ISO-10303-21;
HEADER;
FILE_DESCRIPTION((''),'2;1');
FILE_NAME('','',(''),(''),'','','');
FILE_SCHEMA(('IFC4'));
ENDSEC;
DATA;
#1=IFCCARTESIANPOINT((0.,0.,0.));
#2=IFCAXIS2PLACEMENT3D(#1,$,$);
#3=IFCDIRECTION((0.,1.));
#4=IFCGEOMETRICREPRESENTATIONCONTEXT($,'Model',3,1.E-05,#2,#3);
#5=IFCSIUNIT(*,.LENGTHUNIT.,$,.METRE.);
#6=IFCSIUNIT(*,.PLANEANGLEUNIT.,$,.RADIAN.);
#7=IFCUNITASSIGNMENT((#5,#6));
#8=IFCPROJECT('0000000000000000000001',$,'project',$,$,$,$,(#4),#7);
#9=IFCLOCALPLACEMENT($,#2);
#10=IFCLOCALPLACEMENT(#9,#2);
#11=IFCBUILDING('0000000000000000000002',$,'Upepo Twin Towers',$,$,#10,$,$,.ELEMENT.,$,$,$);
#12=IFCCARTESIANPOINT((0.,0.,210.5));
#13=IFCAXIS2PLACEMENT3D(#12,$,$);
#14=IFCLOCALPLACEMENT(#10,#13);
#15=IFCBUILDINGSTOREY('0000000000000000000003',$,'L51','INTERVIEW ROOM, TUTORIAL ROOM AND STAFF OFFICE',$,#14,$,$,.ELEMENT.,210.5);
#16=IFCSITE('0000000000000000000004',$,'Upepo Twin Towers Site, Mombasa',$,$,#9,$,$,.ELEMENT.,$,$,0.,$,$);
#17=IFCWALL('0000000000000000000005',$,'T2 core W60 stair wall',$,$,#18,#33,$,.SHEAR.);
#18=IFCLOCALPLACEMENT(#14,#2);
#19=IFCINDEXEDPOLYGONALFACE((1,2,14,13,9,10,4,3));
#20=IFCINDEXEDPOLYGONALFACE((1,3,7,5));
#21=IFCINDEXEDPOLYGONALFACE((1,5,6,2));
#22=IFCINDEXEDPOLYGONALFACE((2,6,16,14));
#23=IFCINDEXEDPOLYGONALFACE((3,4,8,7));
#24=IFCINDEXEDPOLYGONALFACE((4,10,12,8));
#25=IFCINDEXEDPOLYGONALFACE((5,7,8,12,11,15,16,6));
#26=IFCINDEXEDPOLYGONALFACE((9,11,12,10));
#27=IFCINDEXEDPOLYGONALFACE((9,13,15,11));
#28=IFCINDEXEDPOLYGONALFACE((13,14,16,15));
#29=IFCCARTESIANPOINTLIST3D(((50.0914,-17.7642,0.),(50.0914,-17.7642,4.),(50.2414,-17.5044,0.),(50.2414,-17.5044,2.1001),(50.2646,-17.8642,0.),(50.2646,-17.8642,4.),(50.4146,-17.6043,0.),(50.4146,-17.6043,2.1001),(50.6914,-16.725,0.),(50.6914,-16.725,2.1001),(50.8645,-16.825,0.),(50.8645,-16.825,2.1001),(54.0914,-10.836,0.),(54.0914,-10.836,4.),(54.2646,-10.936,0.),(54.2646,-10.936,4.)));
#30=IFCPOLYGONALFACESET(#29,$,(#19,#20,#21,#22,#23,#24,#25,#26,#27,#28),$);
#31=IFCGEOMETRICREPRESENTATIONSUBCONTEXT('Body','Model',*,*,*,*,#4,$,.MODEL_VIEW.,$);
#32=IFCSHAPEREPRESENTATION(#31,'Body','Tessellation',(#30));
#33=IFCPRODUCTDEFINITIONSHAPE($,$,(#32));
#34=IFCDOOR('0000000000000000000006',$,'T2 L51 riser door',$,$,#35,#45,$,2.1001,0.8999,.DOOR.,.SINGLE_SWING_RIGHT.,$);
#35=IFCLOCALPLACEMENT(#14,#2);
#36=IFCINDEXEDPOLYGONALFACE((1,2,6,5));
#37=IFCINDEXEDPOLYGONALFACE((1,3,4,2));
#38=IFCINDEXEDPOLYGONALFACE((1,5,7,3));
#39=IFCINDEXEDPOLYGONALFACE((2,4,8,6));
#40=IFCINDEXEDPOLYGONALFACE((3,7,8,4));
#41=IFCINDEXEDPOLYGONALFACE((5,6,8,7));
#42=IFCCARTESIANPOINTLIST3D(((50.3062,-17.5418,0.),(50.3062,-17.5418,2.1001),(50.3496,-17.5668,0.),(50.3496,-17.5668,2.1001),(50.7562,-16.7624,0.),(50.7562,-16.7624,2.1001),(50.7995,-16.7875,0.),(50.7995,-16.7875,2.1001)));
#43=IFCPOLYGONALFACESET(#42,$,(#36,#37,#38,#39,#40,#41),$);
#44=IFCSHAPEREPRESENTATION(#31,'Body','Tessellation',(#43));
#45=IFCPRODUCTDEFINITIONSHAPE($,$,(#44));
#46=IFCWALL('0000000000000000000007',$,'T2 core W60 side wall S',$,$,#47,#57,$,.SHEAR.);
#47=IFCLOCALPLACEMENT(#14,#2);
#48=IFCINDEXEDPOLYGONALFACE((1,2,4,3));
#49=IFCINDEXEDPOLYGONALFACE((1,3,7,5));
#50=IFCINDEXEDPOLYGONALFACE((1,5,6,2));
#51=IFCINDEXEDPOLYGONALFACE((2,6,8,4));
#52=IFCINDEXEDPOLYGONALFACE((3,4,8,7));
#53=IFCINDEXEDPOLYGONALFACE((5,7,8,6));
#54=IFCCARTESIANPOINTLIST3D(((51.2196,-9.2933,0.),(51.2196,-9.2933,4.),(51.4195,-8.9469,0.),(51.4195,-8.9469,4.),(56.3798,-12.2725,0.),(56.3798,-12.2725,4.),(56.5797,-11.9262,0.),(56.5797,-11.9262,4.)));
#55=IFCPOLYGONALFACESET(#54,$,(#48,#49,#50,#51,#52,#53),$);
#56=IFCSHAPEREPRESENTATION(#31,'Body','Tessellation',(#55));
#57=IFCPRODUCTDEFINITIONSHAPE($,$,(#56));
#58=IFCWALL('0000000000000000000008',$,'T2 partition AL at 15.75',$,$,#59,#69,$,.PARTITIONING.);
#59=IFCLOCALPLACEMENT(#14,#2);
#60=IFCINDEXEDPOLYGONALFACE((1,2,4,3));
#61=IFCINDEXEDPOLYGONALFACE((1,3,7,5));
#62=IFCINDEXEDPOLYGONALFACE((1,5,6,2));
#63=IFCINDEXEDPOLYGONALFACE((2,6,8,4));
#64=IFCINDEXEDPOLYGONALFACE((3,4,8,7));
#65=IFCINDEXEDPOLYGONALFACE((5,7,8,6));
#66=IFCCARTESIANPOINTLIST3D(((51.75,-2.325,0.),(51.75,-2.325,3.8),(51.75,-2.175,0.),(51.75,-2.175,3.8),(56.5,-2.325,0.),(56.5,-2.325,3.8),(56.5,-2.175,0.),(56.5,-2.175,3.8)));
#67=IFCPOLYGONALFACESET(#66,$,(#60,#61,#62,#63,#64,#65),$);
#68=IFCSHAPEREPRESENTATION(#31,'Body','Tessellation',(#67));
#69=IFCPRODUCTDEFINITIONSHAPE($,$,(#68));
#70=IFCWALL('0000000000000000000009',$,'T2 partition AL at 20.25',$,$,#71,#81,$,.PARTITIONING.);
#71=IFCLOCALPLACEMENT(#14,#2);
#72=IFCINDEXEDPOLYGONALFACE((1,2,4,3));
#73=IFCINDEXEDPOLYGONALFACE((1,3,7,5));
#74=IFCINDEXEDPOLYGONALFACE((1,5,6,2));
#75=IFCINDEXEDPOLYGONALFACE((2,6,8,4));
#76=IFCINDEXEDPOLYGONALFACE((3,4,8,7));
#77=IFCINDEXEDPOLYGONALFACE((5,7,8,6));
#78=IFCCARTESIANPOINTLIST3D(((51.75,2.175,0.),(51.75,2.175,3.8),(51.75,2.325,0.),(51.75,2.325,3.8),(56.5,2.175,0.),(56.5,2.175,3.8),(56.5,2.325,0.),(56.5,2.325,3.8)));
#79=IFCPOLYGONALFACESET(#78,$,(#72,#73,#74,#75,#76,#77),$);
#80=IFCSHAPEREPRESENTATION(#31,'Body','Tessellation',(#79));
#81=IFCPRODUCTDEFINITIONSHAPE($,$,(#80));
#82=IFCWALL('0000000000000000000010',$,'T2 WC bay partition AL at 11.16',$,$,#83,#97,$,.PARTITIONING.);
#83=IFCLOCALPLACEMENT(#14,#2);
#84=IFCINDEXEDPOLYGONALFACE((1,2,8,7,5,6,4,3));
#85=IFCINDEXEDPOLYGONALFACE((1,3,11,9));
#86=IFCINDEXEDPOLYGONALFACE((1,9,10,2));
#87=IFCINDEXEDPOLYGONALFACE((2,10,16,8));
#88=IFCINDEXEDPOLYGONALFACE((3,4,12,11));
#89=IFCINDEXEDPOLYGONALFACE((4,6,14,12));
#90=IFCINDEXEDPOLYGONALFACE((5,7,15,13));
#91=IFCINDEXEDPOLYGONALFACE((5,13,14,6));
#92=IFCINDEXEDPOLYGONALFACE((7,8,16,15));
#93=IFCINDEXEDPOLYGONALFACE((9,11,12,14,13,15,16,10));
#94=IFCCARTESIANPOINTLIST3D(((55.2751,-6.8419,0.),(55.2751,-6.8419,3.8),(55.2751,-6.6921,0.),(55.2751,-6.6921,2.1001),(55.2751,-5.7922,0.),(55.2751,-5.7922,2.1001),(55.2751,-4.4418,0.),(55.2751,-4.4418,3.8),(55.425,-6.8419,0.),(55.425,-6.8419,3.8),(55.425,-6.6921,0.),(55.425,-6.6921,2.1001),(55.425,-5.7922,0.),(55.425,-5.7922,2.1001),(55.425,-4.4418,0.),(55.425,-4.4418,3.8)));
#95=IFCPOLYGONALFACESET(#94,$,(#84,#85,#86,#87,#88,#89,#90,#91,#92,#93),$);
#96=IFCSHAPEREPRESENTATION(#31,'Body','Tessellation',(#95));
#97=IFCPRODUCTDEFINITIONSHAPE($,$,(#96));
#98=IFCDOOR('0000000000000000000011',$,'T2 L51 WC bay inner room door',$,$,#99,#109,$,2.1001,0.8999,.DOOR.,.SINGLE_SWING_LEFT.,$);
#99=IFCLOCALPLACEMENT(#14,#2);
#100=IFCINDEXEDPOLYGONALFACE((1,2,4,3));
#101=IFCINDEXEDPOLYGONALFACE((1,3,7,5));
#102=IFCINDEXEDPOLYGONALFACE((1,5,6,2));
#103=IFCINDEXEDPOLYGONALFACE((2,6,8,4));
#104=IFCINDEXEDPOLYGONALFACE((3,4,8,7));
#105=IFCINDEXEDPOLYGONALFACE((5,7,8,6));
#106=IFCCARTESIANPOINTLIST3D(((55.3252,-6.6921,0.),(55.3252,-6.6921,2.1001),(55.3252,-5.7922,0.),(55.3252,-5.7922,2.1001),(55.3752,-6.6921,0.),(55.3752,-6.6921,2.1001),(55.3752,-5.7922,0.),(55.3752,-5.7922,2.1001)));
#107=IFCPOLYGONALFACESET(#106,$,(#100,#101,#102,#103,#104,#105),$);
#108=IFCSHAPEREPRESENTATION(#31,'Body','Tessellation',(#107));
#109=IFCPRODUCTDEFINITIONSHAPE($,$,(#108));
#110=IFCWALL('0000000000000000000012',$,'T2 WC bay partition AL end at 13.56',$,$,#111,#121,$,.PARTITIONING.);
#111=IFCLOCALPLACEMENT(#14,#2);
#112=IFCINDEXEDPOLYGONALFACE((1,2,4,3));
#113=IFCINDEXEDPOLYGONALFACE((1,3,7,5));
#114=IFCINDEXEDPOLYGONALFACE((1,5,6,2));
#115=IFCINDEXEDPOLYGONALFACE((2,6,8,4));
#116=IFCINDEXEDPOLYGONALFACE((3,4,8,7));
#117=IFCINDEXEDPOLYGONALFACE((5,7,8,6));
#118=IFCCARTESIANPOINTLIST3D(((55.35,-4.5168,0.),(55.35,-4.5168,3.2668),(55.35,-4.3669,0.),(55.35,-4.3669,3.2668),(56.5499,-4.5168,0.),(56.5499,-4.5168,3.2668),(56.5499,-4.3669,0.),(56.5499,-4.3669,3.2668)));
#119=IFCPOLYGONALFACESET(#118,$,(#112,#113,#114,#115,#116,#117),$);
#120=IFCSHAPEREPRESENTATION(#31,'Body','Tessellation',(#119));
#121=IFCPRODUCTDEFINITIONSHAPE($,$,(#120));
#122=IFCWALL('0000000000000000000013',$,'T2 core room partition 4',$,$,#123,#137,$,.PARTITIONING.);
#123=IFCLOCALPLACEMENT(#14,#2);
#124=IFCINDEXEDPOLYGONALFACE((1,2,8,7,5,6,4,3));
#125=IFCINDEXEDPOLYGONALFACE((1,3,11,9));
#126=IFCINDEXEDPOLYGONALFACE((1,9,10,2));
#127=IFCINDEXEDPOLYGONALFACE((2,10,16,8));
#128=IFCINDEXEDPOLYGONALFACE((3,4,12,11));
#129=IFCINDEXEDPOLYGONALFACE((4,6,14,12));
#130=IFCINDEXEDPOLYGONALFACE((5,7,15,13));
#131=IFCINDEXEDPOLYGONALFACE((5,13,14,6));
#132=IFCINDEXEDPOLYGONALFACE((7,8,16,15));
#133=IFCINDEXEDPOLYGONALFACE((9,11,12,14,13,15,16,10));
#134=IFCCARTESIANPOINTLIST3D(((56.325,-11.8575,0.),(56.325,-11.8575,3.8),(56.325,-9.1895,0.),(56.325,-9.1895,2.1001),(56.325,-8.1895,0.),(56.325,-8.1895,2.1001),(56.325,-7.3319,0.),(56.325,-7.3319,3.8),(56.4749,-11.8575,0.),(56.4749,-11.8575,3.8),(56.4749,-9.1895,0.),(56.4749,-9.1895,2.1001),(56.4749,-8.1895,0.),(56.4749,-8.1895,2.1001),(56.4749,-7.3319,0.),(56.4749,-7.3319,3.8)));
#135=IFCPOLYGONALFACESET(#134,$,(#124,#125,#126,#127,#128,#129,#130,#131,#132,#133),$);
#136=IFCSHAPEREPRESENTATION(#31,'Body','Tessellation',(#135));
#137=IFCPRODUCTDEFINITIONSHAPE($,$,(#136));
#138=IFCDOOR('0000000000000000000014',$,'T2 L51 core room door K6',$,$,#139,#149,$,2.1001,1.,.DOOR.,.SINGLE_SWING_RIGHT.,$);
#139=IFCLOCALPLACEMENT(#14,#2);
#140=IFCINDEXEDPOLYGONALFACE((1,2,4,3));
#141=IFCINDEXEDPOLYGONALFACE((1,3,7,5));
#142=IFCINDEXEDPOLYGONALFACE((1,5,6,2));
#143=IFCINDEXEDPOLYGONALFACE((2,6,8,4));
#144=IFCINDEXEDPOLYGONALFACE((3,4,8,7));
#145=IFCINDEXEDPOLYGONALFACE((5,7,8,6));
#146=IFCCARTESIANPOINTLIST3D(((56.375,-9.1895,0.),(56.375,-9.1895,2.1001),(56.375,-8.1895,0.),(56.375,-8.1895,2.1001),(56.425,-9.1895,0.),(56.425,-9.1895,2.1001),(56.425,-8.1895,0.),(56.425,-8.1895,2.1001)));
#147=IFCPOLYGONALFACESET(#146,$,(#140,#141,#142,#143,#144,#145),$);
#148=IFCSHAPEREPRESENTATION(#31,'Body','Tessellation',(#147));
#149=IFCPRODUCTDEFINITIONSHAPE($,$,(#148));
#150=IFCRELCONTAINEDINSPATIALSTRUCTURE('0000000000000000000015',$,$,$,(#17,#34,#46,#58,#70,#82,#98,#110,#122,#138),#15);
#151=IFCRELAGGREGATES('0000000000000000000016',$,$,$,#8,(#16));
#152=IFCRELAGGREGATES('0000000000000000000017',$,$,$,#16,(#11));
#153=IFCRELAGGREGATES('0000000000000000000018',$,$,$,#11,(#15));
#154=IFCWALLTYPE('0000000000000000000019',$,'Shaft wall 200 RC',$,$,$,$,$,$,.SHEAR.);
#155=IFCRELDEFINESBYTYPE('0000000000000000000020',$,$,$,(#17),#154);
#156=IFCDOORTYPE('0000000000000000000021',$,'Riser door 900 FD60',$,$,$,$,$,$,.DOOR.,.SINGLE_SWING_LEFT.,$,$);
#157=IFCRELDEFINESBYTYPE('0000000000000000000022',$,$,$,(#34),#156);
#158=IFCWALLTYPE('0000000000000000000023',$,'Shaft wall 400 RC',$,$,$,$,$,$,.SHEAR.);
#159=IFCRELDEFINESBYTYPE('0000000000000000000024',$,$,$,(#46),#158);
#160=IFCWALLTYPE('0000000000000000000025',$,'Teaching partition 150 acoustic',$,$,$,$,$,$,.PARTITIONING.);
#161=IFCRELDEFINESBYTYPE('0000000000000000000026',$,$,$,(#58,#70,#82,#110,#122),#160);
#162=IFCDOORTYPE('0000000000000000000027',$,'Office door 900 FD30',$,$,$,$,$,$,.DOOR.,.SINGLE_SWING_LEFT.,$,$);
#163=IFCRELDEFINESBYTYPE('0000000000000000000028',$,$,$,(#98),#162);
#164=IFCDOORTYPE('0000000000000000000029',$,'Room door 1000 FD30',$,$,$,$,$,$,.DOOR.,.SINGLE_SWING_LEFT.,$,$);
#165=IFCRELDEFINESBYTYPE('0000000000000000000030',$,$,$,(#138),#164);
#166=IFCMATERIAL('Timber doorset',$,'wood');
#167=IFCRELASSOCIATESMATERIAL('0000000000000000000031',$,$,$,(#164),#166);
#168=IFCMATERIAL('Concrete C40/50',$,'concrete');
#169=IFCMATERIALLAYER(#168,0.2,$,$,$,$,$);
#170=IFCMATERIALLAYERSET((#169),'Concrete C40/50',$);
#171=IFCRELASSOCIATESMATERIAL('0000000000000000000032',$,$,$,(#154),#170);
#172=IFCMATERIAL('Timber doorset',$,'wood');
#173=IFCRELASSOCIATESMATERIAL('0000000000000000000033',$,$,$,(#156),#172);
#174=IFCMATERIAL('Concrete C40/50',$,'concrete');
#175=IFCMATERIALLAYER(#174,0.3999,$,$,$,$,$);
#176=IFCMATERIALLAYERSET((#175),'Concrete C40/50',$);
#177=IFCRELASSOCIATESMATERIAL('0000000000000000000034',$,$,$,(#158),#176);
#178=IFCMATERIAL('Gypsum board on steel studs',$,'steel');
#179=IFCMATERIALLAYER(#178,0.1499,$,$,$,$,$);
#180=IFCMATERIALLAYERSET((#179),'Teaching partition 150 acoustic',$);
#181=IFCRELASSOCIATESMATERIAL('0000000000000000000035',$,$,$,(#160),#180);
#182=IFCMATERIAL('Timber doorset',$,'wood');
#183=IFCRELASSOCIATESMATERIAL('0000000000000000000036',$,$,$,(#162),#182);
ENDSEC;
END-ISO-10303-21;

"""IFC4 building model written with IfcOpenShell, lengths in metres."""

from ifc_helpers import new_model, si_unit, direction, frame, frame_2d, origin, place, context, subcontext, project, spatial, rectangle, extrude, material, layer, layer_set, type_object, element, fill, save


model = new_model("IFC4")

# Units and contexts
model_context = context("Model", 3, precision=1e-05, world=origin(), true_north=direction((0.0, 1.0)))
body_context = subcontext(model_context, "Body", "Model", "MODEL_VIEW")
ifc_project = project(units=[si_unit("LENGTHUNIT", "METRE"), si_unit("PLANEANGLEUNIT", "RADIAN")], contexts=[model_context])

# Site, building, storey
site_placement = place(None, origin())
site = spatial("IfcSite", under=ifc_project, at=site_placement, Name="Upepo Twin Towers Site, Mombasa", CompositionType="ELEMENT", RefElevation=0.0)
building_placement = place(site_placement, origin())
building = spatial("IfcBuilding", under=site, at=building_placement, Name="Upepo Twin Towers", CompositionType="ELEMENT")
storey_placement = place(building_placement, frame((0.0, 0.0, 210.5)))
storey = spatial("IfcBuildingStorey", under=building, at=storey_placement, Name="L51", Description="INTERVIEW ROOM, TUTORIAL ROOM AND STAFF OFFICE", CompositionType="ELEMENT", Elevation=210.5)

# Shared definitions
ifc_material_1 = material(Name="Timber doorset", Category="wood")
door_type_1 = type_object("IfcDoorType", Name="Room door 1000 FD30", OperationType="SINGLE_SWING_LEFT", PredefinedType="DOOR", material=ifc_material_1)

# Shared definitions
ifc_material_2 = material(Name="Concrete C40/50", Category="concrete")
ifc_layer_1 = layer(ifc_material_2, 0.2)
ifc_layer_set_1 = layer_set([ifc_layer_1], Name="Concrete C40/50")
wall_type_1 = type_object("IfcWallType", Name="Shaft wall 200 RC", PredefinedType="SHEAR", material=ifc_layer_set_1)

# Wall, opening, door
wall_1_placement = place(storey_placement, frame((54.178, -10.886, 0.0), z_axis=(0.0, 0.0, 1.0), x_axis=(-0.499999, -0.866026, 0.0)))
wall_1 = element("IfcWall", 1, at=wall_1_placement, inside=storey, type_object=wall_type_1, Name="T2 core W60 stair wall", PredefinedType="SHEAR", context=body_context, shape_type="SweptSolid", body=[
    extrude(rectangle(XDim=8.0, YDim=0.2, at=frame_2d((4.0, 0.0))), origin(), (0.0, 0.0, 1.0), 4.0),
])
opening_1_placement = place(wall_1_placement, frame((6.8, 0.0, 0.0)))
opening_1 = element("IfcOpeningElement", 2, at=opening_1_placement, cuts=wall_1, PredefinedType="OPENING", context=body_context, shape_type="SweptSolid", body=[
    extrude(rectangle(XDim=0.8999, YDim=2.1001, at=frame_2d((0.45, 1.05))), frame((0.0, 0.1099, 0.0), z_axis=(0.0, -1.0, 0.0), x_axis=(1.0, 0.0, 0.0)), (0.0, 0.0, 1.0), 0.22),
])
ifc_material_3 = material(Name="Timber doorset", Category="wood")
door_type_2 = type_object("IfcDoorType", Name="Riser door 900 FD60", OperationType="SINGLE_SWING_LEFT", PredefinedType="DOOR", material=ifc_material_3)
door_1_placement = place(opening_1_placement, origin())
door_1 = element("IfcDoor", 3, at=door_1_placement, inside=storey, type_object=door_type_2, Name="T2 L51 riser door", OperationType="SINGLE_SWING_RIGHT", OverallHeight=2.1001, OverallWidth=0.8999, PredefinedType="DOOR", context=body_context, shape_type="SweptSolid", body=[
    extrude(rectangle(XDim=0.8999, YDim=2.1001, at=frame_2d((0.45, 1.05))), frame((0.0, 0.0249, 0.0), z_axis=(0.0, -1.0, 0.0), x_axis=(1.0, 0.0, 0.0)), (0.0, 0.0, 1.0), 0.05),
])
fill(opening_1, door_1)

# Walls
ifc_material_4 = material(Name="Concrete C40/50", Category="concrete")
ifc_layer_2 = layer(ifc_material_4, 0.3999)
ifc_layer_set_2 = layer_set([ifc_layer_2], Name="Concrete C40/50")
wall_type_2 = type_object("IfcWallType", Name="Shaft wall 400 RC", PredefinedType="SHEAR", material=ifc_layer_set_2)
wall_2_placement = place(storey_placement, frame((56.4797, -12.0994, 0.0), z_axis=(0.0, 0.0, 1.0), x_axis=(-0.866023, 0.500004, 0.0)))
element("IfcWall", 4, at=wall_2_placement, inside=storey, type_object=wall_type_2, Name="T2 core W60 side wall S", PredefinedType="SHEAR", context=body_context, shape_type="SweptSolid", body=[
    extrude(rectangle(XDim=5.9585, YDim=0.3999, at=frame_2d((2.9792, 0.0))), origin(), (0.0, 0.0, 1.0), 4.0),
])
ifc_material_5 = material(Name="Gypsum board on steel studs", Category="steel")
ifc_layer_3 = layer(ifc_material_5, 0.1499)
ifc_layer_set_3 = layer_set([ifc_layer_3], Name="Teaching partition 150 acoustic")
wall_type_3 = type_object("IfcWallType", Name="Teaching partition 150 acoustic", PredefinedType="PARTITIONING", material=ifc_layer_set_3)
for number, where, z_axis, x_axis, name in (
    (5, (56.5, -2.25, 0.0), (0.0, 0.0, 1.0), (-1.0, 0.0, 0.0), "T2 partition AL at 15.75"),
    (6, (56.5, 2.25, 0.0), (0.0, 0.0, 1.0), (-1.0, 0.0, 0.0), "T2 partition AL at 20.25"),
):
    element("IfcWall", number, at=place(storey_placement, frame(where, z_axis=z_axis, x_axis=x_axis)), inside=storey, type_object=wall_type_3, Name=name, PredefinedType="PARTITIONING", context=body_context, shape_type="SweptSolid", body=[
        extrude(rectangle(XDim=4.75, YDim=0.1499, at=frame_2d((2.375, 0.0))), origin(), (0.0, 0.0, 1.0), 3.8),
    ])

# Wall, opening, door
wall_3_placement = place(storey_placement, frame((55.3501, -6.842, 0.0), z_axis=(0.0, 0.0, 1.0), x_axis=(0.0, 1.0, 0.0)))
wall_3 = element("IfcWall", 7, at=wall_3_placement, inside=storey, type_object=wall_type_3, Name="T2 WC bay partition AL at 11.16", PredefinedType="PARTITIONING", context=body_context, shape_type="SweptSolid", body=[
    extrude(rectangle(XDim=2.4001, YDim=0.1499, at=frame_2d((1.2002, 0.0))), origin(), (0.0, 0.0, 1.0), 3.8),
])
opening_2_placement = place(wall_3_placement, frame((0.1499, 0.0, 0.0)))
opening_2 = element("IfcOpeningElement", 8, at=opening_2_placement, cuts=wall_3, PredefinedType="OPENING", context=body_context, shape_type="SweptSolid", body=[
    extrude(rectangle(XDim=0.8999, YDim=2.1001, at=frame_2d((0.45, 1.05))), frame((0.0, 0.085, 0.0), z_axis=(0.0, -1.0, 0.0), x_axis=(1.0, 0.0, 0.0)), (0.0, 0.0, 1.0), 0.1699),
])
ifc_material_6 = material(Name="Timber doorset", Category="wood")
door_type_3 = type_object("IfcDoorType", Name="Office door 900 FD30", OperationType="SINGLE_SWING_LEFT", PredefinedType="DOOR", material=ifc_material_6)
door_2_placement = place(opening_2_placement, origin())
door_2 = element("IfcDoor", 9, at=door_2_placement, inside=storey, type_object=door_type_3, Name="T2 L51 WC bay inner room door", OperationType="SINGLE_SWING_LEFT", OverallHeight=2.1001, OverallWidth=0.8999, PredefinedType="DOOR", context=body_context, shape_type="SweptSolid", body=[
    extrude(rectangle(XDim=0.8999, YDim=2.1001, at=frame_2d((0.45, 1.05))), frame((0.0, 0.0249, 0.0), z_axis=(0.0, -1.0, 0.0), x_axis=(1.0, 0.0, 0.0)), (0.0, 0.0, 1.0), 0.05),
])
fill(opening_2, door_2)

# Wall
wall_4_placement = place(storey_placement, frame((56.55, -4.4419, 0.0), z_axis=(0.0, 0.0, 1.0), x_axis=(-1.0, 0.0, 0.0)))
element("IfcWall", 10, at=wall_4_placement, inside=storey, type_object=wall_type_3, Name="T2 WC bay partition AL end at 13.56", PredefinedType="PARTITIONING", context=body_context, shape_type="SweptSolid", body=[
    extrude(rectangle(XDim=1.2, YDim=0.1499, at=frame_2d((0.6001, 0.0))), origin(), (0.0, 0.0, 1.0), 3.2668),
])

# Wall, opening, door
wall_5_placement = place(storey_placement, frame((56.3999, -11.8574, 0.0), z_axis=(0.0, 0.0, 1.0), x_axis=(0.0, 1.0, 0.0)))
wall_5 = element("IfcWall", 11, at=wall_5_placement, inside=storey, type_object=wall_type_3, Name="T2 core room partition 4", PredefinedType="PARTITIONING", context=body_context, shape_type="SweptSolid", body=[
    extrude(rectangle(XDim=4.5256, YDim=0.1499, at=frame_2d((2.2627, 0.0))), origin(), (0.0, 0.0, 1.0), 3.8),
])
opening_3_placement = place(wall_5_placement, frame((2.668, 0.0, 0.0)))
opening_3 = element("IfcOpeningElement", 12, at=opening_3_placement, cuts=wall_5, PredefinedType="OPENING", context=body_context, shape_type="SweptSolid", body=[
    extrude(rectangle(XDim=1.0, YDim=2.1001, at=frame_2d((0.5, 1.05))), frame((0.0, 0.085, 0.0), z_axis=(0.0, -1.0, 0.0), x_axis=(1.0, 0.0, 0.0)), (0.0, 0.0, 1.0), 0.1699),
])
door_3_placement = place(opening_3_placement, origin())
door_3 = element("IfcDoor", 13, at=door_3_placement, inside=storey, type_object=door_type_1, Name="T2 L51 core room door K6", OperationType="SINGLE_SWING_RIGHT", OverallHeight=2.1001, OverallWidth=1.0, PredefinedType="DOOR", context=body_context, shape_type="SweptSolid", body=[
    extrude(rectangle(XDim=1.0, YDim=2.1001, at=frame_2d((0.5, 1.05))), frame((0.0, 0.0249, 0.0), z_axis=(0.0, -1.0, 0.0), x_axis=(1.0, 0.0, 0.0)), (0.0, 0.0, 1.0), 0.05),
])
fill(opening_3, door_3)

save(model, "model.ifc")
